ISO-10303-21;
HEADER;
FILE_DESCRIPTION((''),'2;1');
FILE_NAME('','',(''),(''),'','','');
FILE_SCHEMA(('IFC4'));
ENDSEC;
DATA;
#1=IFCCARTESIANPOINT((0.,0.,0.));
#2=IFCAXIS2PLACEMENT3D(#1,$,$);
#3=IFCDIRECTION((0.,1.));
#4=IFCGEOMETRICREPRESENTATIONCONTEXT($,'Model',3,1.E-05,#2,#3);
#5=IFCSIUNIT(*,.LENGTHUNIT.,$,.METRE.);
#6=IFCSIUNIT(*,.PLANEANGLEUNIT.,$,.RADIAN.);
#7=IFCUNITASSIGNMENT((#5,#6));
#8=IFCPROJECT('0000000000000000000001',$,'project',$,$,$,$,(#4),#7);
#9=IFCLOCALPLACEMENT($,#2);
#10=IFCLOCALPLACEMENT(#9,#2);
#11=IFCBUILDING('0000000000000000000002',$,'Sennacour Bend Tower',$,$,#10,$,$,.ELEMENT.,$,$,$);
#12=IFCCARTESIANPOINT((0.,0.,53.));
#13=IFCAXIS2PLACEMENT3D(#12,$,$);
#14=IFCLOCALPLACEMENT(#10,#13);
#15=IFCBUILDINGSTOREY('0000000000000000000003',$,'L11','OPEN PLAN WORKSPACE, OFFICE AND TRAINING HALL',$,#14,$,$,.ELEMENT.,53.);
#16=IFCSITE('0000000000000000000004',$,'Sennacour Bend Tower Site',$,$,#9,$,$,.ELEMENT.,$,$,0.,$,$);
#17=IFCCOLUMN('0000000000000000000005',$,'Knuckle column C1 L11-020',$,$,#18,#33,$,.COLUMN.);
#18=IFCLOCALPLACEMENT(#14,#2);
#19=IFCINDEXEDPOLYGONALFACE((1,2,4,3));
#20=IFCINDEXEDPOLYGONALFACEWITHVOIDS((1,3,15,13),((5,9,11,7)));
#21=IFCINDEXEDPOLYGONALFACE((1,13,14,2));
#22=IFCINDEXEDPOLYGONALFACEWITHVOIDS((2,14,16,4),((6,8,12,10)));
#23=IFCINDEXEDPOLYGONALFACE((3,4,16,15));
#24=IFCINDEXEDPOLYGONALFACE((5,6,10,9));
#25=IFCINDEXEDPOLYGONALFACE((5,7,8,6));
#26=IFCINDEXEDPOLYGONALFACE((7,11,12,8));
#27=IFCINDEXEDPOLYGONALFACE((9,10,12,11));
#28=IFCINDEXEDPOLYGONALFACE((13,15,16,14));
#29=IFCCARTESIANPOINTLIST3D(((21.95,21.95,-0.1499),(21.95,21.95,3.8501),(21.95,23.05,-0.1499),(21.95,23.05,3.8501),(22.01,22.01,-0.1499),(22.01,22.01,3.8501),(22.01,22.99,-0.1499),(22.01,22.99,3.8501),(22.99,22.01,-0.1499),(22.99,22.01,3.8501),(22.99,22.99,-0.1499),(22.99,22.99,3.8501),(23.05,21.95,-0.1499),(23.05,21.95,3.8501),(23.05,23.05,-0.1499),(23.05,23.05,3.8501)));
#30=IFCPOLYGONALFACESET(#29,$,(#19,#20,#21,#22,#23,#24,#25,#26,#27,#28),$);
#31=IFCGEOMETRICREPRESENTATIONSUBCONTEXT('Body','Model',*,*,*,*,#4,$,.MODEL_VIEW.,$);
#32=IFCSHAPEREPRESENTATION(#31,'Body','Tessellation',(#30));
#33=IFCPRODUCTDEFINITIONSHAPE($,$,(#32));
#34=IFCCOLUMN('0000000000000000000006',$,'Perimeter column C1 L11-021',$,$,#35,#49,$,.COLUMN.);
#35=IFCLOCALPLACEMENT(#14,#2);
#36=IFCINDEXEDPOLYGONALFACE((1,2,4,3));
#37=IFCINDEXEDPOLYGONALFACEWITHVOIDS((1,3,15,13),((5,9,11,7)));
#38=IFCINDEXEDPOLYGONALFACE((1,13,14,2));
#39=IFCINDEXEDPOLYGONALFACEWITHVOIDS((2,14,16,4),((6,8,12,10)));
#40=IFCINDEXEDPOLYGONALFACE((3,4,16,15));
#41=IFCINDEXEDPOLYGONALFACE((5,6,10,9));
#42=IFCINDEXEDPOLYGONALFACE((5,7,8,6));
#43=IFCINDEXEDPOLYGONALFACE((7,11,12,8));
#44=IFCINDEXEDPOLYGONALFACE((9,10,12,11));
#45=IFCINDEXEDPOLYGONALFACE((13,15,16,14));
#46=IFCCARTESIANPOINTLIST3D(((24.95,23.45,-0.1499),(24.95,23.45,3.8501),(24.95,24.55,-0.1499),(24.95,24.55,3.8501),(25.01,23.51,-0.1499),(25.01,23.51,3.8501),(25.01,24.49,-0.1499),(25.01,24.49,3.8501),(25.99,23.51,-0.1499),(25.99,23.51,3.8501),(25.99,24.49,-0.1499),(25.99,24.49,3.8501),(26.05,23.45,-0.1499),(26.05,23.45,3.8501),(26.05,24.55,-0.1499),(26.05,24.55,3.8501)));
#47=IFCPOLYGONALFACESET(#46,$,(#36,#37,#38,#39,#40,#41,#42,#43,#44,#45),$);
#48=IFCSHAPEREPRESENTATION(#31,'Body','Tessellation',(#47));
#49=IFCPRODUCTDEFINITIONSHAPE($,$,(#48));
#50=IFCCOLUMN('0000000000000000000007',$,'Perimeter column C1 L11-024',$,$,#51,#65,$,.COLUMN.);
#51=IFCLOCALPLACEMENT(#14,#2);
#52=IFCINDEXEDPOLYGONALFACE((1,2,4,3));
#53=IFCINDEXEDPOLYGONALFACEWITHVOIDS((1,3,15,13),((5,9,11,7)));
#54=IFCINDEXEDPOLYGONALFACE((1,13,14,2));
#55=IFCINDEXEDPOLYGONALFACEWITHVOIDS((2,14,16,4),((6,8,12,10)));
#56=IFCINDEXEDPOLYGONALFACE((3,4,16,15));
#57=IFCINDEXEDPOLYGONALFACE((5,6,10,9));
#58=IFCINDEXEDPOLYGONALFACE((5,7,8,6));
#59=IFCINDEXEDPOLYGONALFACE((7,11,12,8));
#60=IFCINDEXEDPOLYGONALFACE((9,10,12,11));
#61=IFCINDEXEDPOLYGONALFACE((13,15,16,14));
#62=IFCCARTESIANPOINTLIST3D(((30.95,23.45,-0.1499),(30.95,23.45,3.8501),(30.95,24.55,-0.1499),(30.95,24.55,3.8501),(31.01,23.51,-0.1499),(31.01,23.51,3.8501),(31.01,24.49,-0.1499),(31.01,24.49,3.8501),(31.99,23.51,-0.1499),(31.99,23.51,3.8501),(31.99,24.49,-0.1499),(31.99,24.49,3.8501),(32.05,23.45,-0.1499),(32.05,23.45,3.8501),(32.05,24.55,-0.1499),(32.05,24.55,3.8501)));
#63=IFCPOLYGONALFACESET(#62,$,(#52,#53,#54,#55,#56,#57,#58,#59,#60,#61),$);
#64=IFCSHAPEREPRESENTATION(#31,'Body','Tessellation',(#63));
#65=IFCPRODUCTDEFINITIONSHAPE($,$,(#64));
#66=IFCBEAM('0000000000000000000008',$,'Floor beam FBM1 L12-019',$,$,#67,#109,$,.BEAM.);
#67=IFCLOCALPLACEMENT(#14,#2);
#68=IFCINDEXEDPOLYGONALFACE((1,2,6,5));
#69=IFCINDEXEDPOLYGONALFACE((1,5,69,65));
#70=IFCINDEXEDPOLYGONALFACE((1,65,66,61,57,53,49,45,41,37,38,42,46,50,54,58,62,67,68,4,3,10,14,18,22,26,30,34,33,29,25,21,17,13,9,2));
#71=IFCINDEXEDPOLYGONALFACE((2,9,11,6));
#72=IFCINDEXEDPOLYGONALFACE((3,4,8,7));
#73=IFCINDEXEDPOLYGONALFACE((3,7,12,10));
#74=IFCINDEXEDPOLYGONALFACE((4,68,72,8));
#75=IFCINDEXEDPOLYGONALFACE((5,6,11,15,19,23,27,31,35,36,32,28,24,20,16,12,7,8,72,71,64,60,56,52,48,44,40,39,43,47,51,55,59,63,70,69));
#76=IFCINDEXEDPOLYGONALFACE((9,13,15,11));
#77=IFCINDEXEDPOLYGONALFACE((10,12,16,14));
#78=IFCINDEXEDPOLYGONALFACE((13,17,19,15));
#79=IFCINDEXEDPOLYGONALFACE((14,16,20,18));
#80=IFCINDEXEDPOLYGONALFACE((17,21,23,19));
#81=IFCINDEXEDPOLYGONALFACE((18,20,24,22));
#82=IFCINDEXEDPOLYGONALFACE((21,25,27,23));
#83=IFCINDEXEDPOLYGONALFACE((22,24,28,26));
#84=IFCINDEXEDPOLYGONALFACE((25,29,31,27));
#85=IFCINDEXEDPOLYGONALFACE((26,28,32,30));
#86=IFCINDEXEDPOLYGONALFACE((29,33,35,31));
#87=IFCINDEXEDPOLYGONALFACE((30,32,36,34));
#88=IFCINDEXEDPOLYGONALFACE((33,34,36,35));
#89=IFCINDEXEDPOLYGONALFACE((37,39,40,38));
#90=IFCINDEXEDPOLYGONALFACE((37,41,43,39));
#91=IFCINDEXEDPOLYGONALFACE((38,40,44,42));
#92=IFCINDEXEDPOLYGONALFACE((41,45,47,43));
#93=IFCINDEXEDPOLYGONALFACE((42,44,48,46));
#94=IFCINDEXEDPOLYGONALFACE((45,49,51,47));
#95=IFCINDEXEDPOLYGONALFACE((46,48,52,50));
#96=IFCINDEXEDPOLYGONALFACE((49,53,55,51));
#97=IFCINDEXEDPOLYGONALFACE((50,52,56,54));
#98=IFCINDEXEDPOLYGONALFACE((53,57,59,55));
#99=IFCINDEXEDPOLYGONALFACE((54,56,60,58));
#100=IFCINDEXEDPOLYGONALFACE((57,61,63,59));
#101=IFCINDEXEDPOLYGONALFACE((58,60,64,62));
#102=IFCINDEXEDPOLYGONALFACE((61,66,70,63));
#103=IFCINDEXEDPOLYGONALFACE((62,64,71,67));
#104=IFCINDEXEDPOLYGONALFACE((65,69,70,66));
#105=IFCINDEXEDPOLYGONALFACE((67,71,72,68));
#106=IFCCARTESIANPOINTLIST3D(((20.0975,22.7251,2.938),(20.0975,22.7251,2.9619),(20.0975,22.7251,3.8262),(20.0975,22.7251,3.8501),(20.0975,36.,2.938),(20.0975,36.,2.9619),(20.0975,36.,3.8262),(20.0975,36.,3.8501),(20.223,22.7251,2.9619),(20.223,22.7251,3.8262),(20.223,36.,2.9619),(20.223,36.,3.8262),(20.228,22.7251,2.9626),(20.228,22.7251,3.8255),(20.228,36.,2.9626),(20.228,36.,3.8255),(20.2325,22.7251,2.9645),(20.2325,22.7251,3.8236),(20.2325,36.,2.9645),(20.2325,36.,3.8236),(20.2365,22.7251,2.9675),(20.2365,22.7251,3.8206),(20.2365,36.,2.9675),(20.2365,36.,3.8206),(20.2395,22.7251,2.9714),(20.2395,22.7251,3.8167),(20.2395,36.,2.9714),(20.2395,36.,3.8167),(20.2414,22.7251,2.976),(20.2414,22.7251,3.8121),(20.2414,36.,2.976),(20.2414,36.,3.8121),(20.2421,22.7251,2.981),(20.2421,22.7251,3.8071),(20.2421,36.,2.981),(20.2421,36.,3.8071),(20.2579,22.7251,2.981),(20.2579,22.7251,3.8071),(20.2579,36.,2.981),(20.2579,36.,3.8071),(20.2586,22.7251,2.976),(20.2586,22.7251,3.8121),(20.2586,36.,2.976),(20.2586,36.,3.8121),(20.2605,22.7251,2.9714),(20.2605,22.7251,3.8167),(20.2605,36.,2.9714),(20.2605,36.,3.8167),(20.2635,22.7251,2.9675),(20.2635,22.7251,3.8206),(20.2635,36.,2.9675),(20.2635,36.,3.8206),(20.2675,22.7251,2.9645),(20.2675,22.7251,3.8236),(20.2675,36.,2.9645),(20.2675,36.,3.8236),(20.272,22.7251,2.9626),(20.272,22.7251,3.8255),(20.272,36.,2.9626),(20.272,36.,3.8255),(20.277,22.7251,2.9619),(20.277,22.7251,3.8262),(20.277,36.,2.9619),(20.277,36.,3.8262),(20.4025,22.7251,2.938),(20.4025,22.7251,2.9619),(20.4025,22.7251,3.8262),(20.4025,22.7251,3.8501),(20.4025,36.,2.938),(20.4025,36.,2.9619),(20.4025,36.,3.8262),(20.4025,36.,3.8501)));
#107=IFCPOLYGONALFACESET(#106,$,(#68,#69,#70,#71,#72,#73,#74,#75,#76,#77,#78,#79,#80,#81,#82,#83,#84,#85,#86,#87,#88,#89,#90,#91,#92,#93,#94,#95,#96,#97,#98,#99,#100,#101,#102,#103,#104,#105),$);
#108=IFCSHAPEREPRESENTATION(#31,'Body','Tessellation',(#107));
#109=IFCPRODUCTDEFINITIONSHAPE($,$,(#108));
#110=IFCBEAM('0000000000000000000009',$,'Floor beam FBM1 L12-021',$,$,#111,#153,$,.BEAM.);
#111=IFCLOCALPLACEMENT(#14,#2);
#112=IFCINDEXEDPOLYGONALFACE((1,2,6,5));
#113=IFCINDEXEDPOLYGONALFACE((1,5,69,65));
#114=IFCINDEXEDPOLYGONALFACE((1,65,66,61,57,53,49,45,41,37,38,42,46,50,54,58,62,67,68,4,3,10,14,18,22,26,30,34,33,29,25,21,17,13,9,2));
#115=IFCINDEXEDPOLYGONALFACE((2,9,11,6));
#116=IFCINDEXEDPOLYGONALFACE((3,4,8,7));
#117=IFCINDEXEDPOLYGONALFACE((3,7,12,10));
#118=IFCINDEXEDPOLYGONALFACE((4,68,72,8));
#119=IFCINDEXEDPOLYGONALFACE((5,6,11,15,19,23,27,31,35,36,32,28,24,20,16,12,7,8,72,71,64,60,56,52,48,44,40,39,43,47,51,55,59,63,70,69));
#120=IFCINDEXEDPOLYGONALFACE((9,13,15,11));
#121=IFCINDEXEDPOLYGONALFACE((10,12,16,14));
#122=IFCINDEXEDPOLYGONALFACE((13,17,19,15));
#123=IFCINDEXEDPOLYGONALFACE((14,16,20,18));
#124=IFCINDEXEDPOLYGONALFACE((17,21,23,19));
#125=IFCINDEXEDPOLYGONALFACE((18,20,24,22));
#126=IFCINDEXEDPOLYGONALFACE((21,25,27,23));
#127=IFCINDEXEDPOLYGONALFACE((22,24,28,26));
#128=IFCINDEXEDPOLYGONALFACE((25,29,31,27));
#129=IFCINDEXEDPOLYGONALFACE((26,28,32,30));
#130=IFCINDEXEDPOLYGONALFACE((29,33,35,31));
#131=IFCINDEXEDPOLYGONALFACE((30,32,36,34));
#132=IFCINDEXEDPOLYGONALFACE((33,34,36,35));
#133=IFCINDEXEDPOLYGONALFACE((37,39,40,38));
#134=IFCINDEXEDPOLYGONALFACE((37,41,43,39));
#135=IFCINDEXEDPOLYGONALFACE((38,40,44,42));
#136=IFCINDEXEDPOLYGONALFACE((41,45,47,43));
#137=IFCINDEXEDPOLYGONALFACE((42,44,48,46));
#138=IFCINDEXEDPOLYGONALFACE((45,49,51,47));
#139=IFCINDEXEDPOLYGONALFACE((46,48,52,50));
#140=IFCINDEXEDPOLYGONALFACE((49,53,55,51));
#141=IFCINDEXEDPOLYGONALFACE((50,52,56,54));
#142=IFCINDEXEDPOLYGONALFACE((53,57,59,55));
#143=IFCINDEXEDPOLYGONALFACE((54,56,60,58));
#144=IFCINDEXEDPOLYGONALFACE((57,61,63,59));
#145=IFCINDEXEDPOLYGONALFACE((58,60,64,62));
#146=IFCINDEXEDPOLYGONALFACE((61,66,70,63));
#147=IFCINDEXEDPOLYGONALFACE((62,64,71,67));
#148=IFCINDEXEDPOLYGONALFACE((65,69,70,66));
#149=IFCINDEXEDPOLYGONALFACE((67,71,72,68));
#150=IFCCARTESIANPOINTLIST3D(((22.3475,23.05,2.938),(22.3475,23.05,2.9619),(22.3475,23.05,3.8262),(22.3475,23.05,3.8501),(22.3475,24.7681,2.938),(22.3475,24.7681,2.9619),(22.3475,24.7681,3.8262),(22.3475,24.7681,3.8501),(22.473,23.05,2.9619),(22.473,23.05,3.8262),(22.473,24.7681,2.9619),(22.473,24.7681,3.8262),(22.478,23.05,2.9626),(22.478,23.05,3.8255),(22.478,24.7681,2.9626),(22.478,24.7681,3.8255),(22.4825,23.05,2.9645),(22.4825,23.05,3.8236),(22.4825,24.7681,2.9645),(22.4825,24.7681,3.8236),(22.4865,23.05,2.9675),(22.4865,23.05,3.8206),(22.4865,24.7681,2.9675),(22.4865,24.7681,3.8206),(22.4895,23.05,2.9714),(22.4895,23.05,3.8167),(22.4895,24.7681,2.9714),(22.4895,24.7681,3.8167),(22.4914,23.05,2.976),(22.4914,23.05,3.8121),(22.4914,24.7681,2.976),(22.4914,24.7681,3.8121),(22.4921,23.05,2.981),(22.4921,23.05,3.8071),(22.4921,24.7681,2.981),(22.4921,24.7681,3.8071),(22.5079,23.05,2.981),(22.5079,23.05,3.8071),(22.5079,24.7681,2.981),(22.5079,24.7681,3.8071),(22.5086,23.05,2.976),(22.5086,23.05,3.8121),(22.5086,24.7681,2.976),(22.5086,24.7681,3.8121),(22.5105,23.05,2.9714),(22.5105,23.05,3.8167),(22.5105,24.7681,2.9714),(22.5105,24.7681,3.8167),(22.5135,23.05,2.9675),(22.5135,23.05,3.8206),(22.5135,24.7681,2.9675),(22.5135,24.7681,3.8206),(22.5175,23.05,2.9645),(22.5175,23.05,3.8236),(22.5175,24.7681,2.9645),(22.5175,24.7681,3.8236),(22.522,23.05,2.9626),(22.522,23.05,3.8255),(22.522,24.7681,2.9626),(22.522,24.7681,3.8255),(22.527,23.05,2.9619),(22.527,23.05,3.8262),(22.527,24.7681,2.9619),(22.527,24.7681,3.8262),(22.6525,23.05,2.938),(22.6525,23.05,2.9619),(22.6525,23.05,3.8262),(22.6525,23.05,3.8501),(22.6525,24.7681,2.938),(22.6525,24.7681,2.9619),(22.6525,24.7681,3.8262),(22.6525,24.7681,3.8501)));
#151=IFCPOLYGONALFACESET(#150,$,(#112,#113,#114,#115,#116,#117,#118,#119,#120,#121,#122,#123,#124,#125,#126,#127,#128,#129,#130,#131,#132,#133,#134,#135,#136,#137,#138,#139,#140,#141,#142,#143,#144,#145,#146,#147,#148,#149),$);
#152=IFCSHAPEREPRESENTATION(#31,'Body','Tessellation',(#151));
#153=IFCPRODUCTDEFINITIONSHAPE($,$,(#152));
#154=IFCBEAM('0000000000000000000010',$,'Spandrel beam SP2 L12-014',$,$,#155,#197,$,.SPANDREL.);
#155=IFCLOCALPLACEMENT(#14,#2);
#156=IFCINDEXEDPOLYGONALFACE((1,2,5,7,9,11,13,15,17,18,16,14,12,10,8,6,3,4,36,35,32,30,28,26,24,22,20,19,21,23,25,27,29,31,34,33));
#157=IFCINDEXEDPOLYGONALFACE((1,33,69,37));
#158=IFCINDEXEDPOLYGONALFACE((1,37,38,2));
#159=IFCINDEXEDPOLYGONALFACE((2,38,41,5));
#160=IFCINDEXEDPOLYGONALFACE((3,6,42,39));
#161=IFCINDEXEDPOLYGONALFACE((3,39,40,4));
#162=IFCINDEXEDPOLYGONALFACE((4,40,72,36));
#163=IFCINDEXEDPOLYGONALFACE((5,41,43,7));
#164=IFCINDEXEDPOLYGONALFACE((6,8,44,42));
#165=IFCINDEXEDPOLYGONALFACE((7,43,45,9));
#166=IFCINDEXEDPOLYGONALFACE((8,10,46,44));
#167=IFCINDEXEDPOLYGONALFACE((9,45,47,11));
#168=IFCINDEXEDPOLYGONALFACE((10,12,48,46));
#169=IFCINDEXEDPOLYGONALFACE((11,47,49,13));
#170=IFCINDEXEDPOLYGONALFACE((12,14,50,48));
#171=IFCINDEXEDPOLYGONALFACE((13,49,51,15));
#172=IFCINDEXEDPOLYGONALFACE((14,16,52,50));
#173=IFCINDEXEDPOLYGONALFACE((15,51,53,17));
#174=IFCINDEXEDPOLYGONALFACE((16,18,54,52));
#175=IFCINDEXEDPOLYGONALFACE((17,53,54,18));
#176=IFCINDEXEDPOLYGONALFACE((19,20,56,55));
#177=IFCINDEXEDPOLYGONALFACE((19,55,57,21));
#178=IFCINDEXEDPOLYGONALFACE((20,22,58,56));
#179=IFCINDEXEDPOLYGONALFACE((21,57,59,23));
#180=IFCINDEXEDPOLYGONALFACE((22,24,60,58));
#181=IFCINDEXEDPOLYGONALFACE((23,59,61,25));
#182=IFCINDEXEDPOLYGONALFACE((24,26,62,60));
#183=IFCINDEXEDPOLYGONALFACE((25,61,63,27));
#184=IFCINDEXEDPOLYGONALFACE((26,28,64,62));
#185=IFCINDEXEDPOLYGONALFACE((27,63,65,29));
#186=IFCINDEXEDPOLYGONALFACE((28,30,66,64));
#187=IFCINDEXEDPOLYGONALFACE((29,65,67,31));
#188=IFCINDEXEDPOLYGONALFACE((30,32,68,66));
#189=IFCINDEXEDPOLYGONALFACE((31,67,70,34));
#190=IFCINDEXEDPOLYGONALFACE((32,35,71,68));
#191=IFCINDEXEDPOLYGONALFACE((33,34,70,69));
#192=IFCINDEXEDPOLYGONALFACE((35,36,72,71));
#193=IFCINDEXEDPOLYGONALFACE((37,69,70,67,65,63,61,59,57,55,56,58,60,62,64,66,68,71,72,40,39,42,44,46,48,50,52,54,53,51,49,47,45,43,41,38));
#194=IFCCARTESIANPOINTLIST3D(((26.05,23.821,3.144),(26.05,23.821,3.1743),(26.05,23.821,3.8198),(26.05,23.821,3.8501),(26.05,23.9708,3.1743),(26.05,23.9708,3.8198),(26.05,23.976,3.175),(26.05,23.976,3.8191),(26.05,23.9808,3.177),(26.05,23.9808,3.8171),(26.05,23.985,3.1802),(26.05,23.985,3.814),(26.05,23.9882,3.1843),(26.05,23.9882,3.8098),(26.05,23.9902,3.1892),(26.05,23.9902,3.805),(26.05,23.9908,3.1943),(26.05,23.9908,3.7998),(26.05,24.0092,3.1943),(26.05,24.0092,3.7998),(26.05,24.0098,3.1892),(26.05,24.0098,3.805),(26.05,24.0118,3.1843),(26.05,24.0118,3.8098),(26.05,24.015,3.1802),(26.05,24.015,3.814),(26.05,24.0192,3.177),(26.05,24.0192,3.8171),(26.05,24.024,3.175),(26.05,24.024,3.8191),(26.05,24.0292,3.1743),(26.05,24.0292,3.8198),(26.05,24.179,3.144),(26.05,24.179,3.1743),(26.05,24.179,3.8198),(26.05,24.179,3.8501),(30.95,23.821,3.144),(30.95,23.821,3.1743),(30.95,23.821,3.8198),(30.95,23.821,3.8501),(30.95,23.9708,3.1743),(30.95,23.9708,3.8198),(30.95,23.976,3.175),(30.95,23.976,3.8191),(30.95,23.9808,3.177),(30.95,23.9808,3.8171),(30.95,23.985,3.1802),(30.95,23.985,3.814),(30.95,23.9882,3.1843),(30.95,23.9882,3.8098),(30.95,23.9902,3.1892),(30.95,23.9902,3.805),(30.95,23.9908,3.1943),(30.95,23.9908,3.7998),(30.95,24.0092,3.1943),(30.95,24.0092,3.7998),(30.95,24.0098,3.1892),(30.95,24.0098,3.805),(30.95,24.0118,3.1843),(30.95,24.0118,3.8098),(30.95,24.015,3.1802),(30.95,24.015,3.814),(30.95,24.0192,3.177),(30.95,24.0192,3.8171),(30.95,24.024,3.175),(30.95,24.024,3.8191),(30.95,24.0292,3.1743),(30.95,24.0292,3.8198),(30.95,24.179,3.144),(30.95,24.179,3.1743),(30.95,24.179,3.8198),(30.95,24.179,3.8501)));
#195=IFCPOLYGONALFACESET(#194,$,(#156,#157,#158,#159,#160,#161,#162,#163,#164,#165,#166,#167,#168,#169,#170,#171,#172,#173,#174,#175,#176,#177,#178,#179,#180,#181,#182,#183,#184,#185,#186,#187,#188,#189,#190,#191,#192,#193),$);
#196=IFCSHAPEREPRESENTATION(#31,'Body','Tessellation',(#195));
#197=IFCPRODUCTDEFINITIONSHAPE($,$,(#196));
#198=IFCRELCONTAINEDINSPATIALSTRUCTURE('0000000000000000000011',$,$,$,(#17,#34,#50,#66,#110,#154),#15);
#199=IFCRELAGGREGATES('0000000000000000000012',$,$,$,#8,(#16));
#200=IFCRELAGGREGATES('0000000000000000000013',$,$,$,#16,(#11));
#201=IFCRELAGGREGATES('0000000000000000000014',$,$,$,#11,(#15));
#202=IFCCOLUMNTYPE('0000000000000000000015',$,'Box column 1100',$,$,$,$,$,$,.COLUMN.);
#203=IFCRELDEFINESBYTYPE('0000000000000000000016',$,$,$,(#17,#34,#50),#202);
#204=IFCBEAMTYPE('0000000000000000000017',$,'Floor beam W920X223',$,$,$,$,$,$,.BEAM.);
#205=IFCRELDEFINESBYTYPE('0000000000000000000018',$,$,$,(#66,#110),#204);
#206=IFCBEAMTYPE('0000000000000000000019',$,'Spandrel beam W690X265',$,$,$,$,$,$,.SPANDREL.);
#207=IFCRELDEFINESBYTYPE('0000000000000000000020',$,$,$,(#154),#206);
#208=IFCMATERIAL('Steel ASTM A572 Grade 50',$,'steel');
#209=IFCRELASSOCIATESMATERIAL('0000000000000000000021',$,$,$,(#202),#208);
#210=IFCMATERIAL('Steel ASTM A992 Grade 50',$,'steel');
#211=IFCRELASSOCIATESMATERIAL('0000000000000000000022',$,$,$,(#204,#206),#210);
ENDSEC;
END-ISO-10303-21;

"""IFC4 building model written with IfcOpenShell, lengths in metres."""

from ifc_helpers import new_model, si_unit, direction, frame, origin, origin_2d, place, context, subcontext, project, spatial, hollow_rectangle, i_section, extrude, material, material_profile, profile_set, type_object, element, save


model = new_model("IFC4")

# Units and contexts
model_context = context("Model", 3, precision=1e-05, world=origin(), true_north=direction((0.0, 1.0)))
body_context = subcontext(model_context, "Body", "Model", "MODEL_VIEW")
ifc_project = project(units=[si_unit("LENGTHUNIT", "METRE"), si_unit("PLANEANGLEUNIT", "RADIAN")], contexts=[model_context])

# Site, building, storey
site_placement = place(None, origin())
site = spatial("IfcSite", under=ifc_project, at=site_placement, Name="Sennacour Bend Tower Site", CompositionType="ELEMENT", RefElevation=0.0)
building_placement = place(site_placement, origin())
building = spatial("IfcBuilding", under=site, at=building_placement, Name="Sennacour Bend Tower", CompositionType="ELEMENT")
storey_placement = place(building_placement, frame((0.0, 0.0, 53.0)))
storey = spatial("IfcBuildingStorey", under=building, at=storey_placement, Name="L11", Description="OPEN PLAN WORKSPACE, OFFICE AND TRAINING HALL", CompositionType="ELEMENT", Elevation=53.0)

# Columns
ifc_material_1 = material(Name="Steel ASTM A572 Grade 50", Category="steel")
ifc_material_profile_1 = material_profile(ifc_material_1, hollow_rectangle(XDim=1.1001, YDim=1.1001, WallThickness=0.0601, at=origin_2d()), Name="Steel ASTM A572 Grade 50", Category="steel")
ifc_profile_set_1 = profile_set([ifc_material_profile_1], Name="Steel ASTM A572 Grade 50")
column_type = type_object("IfcColumnType", Name="Box column 1100", PredefinedType="COLUMN", material=ifc_profile_set_1)
for number, where, z_axis, x_axis, name in (
    (1, (22.5, 22.5, -0.1499), (0.0, 0.0, 1.0), (1.0, 0.0, 0.0), "Knuckle column C1 L11-020"),
    (2, (25.5, 24.0, -0.1499), (0.0, 0.0, 1.0), (1.0, 0.0, 0.0), "Perimeter column C1 L11-021"),
    (3, (31.5, 24.0, -0.1499), (0.0, 0.0, 1.0), (1.0, 0.0, 0.0), "Perimeter column C1 L11-024"),
):
    element("IfcColumn", number, at=place(storey_placement, frame(where, z_axis=z_axis, x_axis=x_axis)), inside=storey, type_object=column_type, Name=name, PredefinedType="COLUMN", context=body_context, shape_type="SweptSolid", body=[
        extrude(hollow_rectangle(XDim=1.1001, YDim=1.1001, WallThickness=0.0601, at=origin_2d()), origin(), (0.0, 0.0, 1.0), 4.0),
    ])

# Beams
ifc_material_2 = material(Name="Steel ASTM A992 Grade 50", Category="steel")
ifc_material_profile_2 = material_profile(ifc_material_2, i_section(OverallWidth=0.3049, OverallDepth=0.9121, WebThickness=0.0159, FlangeThickness=0.0239, FilletRadius=0.019, at=origin_2d()), Name="Steel ASTM A992 Grade 50", Category="steel")
ifc_profile_set_2 = profile_set([ifc_material_profile_2], Name="Steel ASTM A992 Grade 50")
beam_type_1 = type_object("IfcBeamType", Name="Floor beam W920X223", PredefinedType="BEAM", material=ifc_profile_set_2)
beam_1_placement = place(storey_placement, frame((20.25, 22.7251, 3.394), z_axis=(0.0, 1.0, 0.0), x_axis=(-1.0, 0.0, 0.0)))
element("IfcBeam", 4, at=beam_1_placement, inside=storey, type_object=beam_type_1, Name="Floor beam FBM1 L12-019", PredefinedType="BEAM", context=body_context, shape_type="SweptSolid", body=[
    extrude(i_section(OverallWidth=0.3049, OverallDepth=0.9121, WebThickness=0.0159, FlangeThickness=0.0239, FilletRadius=0.019, at=origin_2d()), origin(), (0.0, 0.0, 1.0), 13.2749),
])
beam_2_placement = place(storey_placement, frame((22.5, 23.05, 3.394), z_axis=(0.0, 1.0, 0.0), x_axis=(-1.0, 0.0, 0.0)))
element("IfcBeam", 5, at=beam_2_placement, inside=storey, type_object=beam_type_1, Name="Floor beam FBM1 L12-021", PredefinedType="BEAM", context=body_context, shape_type="SweptSolid", body=[
    extrude(i_section(OverallWidth=0.3049, OverallDepth=0.9121, WebThickness=0.0159, FlangeThickness=0.0239, FilletRadius=0.019, at=origin_2d()), origin(), (0.0, 0.0, 1.0), 1.718),
])
ifc_material_profile_3 = material_profile(ifc_material_2, i_section(OverallWidth=0.3579, OverallDepth=0.7061, WebThickness=0.0183, FlangeThickness=0.0303, FilletRadius=0.02, at=origin_2d()), Name="Steel ASTM A992 Grade 50", Category="steel")
ifc_profile_set_3 = profile_set([ifc_material_profile_3], Name="Steel ASTM A992 Grade 50")
beam_type_2 = type_object("IfcBeamType", Name="Spandrel beam W690X265", PredefinedType="SPANDREL", material=ifc_profile_set_3)
beam_3_placement = place(storey_placement, frame((26.05, 24.0, 3.4971), z_axis=(1.0, 0.0, 0.0), x_axis=(0.0, 1.0, 0.0)))
element("IfcBeam", 6, at=beam_3_placement, inside=storey, type_object=beam_type_2, Name="Spandrel beam SP2 L12-014", PredefinedType="SPANDREL", context=body_context, shape_type="SweptSolid", body=[
    extrude(i_section(OverallWidth=0.3579, OverallDepth=0.7061, WebThickness=0.0183, FlangeThickness=0.0303, FilletRadius=0.02, at=origin_2d()), origin(), (0.0, 0.0, 1.0), 4.8999),
])

save(model, "model.ifc")
